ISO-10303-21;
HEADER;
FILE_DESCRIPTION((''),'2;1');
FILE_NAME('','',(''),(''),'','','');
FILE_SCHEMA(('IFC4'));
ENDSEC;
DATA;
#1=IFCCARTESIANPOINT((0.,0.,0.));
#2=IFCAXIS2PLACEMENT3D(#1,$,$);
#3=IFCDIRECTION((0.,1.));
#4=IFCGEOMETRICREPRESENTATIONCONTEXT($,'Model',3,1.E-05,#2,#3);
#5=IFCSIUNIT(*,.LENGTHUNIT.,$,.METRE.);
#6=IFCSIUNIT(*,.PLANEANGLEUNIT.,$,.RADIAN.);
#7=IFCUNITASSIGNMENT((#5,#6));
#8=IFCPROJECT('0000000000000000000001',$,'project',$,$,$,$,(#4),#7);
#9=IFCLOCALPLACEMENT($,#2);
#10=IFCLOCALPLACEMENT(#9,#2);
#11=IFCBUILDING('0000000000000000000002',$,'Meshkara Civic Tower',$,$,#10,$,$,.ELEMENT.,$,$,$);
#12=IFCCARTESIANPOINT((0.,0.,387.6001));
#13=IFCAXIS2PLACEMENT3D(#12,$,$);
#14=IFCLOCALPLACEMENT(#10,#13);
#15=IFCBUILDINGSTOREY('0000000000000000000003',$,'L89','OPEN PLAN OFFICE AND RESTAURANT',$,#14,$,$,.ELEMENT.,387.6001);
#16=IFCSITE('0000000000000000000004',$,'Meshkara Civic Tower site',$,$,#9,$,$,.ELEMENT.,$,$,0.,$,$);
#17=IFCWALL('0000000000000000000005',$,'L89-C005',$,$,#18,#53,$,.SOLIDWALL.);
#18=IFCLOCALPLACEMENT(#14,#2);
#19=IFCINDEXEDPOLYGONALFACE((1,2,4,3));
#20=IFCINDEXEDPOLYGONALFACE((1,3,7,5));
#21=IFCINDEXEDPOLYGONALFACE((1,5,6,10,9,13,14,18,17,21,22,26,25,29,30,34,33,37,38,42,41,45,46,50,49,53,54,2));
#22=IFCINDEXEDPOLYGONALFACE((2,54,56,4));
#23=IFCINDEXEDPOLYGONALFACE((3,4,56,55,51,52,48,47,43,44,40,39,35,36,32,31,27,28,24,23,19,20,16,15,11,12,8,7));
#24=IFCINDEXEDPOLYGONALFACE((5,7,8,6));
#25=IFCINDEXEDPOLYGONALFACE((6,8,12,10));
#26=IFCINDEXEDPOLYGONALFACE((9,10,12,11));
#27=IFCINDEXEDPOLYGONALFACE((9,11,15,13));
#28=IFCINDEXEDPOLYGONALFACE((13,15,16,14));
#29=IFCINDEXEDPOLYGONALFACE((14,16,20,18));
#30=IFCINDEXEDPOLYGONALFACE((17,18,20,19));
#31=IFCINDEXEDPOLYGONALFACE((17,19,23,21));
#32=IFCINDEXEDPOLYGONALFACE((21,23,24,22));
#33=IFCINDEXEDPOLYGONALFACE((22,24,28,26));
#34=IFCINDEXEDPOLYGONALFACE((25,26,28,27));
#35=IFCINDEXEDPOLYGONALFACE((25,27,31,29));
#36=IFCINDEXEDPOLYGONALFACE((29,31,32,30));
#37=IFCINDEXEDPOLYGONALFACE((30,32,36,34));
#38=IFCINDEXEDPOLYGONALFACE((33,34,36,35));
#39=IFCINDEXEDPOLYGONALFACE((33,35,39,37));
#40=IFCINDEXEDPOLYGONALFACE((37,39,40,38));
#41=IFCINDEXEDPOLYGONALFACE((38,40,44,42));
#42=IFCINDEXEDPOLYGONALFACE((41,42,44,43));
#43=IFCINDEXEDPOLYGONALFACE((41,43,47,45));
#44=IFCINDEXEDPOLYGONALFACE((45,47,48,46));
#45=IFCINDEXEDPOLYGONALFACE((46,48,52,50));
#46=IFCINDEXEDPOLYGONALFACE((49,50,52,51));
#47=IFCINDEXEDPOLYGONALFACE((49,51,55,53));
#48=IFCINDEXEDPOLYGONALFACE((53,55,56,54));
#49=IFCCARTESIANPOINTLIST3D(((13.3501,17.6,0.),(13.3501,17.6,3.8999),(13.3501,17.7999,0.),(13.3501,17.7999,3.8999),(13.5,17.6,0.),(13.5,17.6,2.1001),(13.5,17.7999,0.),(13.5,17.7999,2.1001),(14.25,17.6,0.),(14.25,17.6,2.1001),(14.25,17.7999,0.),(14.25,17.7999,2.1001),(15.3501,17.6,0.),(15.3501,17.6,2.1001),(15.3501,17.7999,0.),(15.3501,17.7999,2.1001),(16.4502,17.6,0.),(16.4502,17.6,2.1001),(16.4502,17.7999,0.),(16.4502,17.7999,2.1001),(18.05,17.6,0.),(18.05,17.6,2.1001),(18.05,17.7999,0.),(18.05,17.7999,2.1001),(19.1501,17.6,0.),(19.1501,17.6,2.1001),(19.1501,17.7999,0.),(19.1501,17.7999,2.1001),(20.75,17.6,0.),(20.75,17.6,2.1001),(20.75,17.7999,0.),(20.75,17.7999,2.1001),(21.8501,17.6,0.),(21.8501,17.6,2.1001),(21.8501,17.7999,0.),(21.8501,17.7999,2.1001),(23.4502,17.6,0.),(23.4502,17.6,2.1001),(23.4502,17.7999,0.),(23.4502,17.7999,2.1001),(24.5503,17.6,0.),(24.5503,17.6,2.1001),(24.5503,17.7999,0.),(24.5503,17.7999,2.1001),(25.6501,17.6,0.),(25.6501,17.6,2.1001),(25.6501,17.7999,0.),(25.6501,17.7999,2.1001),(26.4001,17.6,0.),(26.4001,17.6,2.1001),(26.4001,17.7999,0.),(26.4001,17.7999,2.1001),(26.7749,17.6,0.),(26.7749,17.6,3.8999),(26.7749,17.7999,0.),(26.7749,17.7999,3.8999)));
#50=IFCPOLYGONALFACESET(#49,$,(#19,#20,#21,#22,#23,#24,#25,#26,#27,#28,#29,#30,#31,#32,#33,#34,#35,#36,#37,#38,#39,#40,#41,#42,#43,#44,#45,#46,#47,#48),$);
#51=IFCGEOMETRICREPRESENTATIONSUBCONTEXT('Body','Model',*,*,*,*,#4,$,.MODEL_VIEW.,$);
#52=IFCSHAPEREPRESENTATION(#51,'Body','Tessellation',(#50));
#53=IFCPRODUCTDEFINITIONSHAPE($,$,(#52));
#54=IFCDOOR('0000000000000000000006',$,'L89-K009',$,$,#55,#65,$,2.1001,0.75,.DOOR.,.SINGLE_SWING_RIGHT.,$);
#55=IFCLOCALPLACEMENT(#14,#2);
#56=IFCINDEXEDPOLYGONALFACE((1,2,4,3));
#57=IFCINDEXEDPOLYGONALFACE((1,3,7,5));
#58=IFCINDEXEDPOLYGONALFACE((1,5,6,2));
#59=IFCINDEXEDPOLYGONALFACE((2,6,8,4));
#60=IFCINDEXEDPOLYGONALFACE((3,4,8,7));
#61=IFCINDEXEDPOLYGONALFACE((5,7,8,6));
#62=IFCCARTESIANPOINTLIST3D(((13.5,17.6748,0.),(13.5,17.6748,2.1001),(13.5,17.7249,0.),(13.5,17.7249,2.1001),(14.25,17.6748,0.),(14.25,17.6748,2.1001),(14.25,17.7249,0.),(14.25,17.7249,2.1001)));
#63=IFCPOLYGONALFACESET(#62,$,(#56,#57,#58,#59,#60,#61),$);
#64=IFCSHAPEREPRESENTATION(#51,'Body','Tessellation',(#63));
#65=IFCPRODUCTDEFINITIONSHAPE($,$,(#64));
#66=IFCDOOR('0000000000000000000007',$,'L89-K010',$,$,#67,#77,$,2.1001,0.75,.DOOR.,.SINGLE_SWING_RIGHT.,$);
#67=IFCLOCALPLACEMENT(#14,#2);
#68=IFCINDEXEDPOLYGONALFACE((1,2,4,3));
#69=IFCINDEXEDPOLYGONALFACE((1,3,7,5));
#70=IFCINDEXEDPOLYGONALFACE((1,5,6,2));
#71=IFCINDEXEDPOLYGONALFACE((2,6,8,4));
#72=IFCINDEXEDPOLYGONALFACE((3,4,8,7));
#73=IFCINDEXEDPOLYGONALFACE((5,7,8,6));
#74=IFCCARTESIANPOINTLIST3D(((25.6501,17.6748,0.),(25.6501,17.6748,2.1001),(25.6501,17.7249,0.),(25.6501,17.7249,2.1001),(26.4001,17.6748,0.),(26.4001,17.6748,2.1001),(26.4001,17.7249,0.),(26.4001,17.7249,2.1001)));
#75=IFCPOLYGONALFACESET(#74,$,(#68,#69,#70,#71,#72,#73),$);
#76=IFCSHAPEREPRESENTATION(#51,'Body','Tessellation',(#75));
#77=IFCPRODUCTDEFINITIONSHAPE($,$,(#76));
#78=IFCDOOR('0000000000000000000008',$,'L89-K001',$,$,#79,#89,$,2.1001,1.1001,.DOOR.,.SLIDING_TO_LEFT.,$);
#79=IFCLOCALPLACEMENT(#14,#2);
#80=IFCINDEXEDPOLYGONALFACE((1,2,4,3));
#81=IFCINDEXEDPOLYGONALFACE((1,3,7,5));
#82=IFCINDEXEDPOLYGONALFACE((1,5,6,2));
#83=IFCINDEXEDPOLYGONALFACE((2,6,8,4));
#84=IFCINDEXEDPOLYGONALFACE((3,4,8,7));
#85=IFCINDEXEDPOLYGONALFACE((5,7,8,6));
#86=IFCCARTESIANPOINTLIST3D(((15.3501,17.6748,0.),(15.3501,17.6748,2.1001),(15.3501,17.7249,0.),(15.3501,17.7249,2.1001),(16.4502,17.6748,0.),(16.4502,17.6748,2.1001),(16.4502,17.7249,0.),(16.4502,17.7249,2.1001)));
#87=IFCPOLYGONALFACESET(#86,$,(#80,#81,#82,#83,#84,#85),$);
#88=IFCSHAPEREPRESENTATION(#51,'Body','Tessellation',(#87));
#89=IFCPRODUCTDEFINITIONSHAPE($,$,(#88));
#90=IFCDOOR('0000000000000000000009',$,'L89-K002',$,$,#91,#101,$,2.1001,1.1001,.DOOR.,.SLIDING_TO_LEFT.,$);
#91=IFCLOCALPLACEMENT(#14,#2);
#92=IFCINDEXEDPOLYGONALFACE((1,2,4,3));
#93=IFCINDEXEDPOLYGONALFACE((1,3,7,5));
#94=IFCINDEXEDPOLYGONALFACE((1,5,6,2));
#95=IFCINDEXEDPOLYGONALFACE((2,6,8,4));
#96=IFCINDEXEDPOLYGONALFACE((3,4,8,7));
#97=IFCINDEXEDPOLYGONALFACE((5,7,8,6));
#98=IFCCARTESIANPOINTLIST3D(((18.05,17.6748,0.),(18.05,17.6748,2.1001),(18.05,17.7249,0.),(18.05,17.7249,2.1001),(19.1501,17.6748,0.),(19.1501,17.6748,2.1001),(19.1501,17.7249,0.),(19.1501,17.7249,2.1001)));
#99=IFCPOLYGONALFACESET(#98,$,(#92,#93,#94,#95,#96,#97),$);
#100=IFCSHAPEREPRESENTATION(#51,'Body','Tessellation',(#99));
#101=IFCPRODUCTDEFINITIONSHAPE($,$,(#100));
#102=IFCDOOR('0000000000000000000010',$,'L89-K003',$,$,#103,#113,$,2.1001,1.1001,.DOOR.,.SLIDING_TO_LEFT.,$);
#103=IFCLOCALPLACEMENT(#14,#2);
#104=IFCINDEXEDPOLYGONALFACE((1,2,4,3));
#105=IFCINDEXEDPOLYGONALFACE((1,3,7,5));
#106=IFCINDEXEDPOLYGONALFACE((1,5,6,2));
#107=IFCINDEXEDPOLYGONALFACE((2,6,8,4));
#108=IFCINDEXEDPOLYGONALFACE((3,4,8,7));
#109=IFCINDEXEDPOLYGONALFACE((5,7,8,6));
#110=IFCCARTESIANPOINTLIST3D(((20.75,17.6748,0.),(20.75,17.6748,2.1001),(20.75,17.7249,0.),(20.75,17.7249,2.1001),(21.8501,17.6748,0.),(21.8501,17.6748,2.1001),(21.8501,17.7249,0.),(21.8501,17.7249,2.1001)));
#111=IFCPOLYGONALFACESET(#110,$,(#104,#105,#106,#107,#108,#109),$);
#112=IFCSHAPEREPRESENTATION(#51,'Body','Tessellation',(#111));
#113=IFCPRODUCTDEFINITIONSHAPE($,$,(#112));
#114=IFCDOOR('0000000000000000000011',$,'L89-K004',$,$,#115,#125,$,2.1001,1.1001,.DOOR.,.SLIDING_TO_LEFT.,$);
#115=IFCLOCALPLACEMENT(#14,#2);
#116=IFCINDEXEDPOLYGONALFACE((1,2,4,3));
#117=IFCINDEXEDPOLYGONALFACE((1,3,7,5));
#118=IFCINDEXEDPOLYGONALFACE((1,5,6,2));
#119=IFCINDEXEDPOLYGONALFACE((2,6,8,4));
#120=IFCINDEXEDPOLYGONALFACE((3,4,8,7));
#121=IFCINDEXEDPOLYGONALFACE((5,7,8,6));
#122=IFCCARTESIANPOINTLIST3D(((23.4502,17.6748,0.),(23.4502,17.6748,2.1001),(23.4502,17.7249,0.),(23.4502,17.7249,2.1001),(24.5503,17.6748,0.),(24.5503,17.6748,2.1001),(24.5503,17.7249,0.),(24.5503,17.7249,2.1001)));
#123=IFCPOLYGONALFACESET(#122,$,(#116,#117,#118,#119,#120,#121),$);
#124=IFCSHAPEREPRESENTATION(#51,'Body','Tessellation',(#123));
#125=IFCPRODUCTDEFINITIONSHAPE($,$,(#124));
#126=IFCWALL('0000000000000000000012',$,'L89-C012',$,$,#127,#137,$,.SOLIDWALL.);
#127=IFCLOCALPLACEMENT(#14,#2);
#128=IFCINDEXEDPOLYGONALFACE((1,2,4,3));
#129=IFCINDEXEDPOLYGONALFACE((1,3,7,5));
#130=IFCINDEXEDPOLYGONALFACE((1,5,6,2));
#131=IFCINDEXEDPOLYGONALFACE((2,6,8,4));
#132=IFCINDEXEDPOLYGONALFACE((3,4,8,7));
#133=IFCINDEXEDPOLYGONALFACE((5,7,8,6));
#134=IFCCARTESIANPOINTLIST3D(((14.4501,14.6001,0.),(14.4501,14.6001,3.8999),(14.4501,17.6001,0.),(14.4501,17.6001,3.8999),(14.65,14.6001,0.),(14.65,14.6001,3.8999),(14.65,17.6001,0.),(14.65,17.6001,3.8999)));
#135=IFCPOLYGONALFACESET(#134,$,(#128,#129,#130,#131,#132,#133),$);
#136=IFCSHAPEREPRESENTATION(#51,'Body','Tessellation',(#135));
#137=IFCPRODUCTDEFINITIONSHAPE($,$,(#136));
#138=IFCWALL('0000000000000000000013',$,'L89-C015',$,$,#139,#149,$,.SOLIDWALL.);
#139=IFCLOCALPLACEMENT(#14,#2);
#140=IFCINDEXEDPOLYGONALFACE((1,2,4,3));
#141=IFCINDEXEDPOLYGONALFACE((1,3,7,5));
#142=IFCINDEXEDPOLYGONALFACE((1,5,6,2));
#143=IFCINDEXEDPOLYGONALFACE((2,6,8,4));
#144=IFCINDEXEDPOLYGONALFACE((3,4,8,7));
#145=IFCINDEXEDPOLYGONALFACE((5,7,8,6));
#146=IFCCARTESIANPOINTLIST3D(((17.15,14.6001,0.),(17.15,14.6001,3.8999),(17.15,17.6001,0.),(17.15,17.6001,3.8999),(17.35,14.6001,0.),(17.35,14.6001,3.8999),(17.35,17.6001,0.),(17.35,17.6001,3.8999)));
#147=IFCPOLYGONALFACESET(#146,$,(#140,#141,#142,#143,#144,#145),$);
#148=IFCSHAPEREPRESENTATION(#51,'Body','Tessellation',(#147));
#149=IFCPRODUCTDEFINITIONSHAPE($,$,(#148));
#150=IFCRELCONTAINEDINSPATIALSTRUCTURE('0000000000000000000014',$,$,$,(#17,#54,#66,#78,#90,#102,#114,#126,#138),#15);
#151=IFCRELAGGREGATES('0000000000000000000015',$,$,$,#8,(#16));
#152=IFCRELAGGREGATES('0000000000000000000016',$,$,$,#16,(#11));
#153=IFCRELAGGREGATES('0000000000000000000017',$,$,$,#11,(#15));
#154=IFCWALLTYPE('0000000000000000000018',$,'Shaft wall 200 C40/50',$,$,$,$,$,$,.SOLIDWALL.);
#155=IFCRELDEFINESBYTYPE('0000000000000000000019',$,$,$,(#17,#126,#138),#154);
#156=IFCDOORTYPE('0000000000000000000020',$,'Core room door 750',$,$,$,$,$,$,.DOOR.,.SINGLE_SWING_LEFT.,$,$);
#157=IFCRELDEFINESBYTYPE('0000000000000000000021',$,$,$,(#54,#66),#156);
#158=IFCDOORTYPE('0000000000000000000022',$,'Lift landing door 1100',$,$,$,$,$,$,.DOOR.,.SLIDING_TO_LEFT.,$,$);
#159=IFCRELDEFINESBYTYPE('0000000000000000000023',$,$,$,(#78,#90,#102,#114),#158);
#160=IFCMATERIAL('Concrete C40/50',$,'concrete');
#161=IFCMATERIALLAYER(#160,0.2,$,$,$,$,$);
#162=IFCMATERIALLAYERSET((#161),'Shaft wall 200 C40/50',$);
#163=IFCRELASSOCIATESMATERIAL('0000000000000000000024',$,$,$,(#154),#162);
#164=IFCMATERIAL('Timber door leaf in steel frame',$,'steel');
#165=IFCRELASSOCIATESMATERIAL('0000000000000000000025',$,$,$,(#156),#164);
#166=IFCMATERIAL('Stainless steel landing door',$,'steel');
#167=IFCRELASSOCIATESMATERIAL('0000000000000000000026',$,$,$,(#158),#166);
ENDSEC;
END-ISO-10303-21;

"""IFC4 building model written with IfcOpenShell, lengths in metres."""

from ifc_helpers import new_model, si_unit, direction, frame, frame_2d, origin, place, context, subcontext, project, spatial, rectangle, extrude, material, layer, layer_set, type_object, element, fill, save


model = new_model("IFC4")

# Units and contexts
model_context = context("Model", 3, precision=1e-05, world=origin(), true_north=direction((0.0, 1.0)))
body_context = subcontext(model_context, "Body", "Model", "MODEL_VIEW")
ifc_project = project(units=[si_unit("LENGTHUNIT", "METRE"), si_unit("PLANEANGLEUNIT", "RADIAN")], contexts=[model_context])

# Site, building, storey
site_placement = place(None, origin())
site = spatial("IfcSite", under=ifc_project, at=site_placement, Name="Meshkara Civic Tower site", CompositionType="ELEMENT", RefElevation=0.0)
building_placement = place(site_placement, origin())
building = spatial("IfcBuilding", under=site, at=building_placement, Name="Meshkara Civic Tower", CompositionType="ELEMENT")
storey_placement = place(building_placement, frame((0.0, 0.0, 387.6001)))
storey = spatial("IfcBuildingStorey", under=building, at=storey_placement, Name="L89", Description="OPEN PLAN OFFICE AND RESTAURANT", CompositionType="ELEMENT", Elevation=387.6001)

# Wall, openings, doors
ifc_material_1 = material(Name="Concrete C40/50", Category="concrete")
ifc_layer_1 = layer(ifc_material_1, 0.2)
ifc_layer_set_1 = layer_set([ifc_layer_1], Name="Shaft wall 200 C40/50")
wall_type_1 = type_object("IfcWallType", Name="Shaft wall 200 C40/50", PredefinedType="SOLIDWALL", material=ifc_layer_set_1)
wall_1_placement = place(storey_placement, frame((13.3501, 17.7, 0.0), z_axis=(0.0, 0.0, 1.0), x_axis=(1.0, 0.0, 0.0)))
wall_1 = element("IfcWall", 1, at=wall_1_placement, inside=storey, type_object=wall_type_1, Name="L89-C005", PredefinedType="SOLIDWALL", context=body_context, shape_type="SweptSolid", body=[
    extrude(rectangle(XDim=13.4248, YDim=0.2, at=frame_2d((6.7124, 0.0))), origin(), (0.0, 0.0, 1.0), 3.8999),
])
opening_1_placement = place(wall_1_placement, frame((2.0, 0.0, 0.0)))
opening_1 = element("IfcOpeningElement", 2, at=opening_1_placement, cuts=wall_1, PredefinedType="OPENING", context=body_context, shape_type="SweptSolid", body=[
    extrude(rectangle(XDim=1.1001, YDim=2.1001, at=frame_2d((0.55, 1.05))), frame((0.0, 0.1099, 0.0), z_axis=(0.0, -1.0, 0.0), x_axis=(1.0, 0.0, 0.0)), (0.0, 0.0, 1.0), 0.22),
])
opening_2_placement = place(wall_1_placement, frame((4.7, 0.0, 0.0)))
opening_2 = element("IfcOpeningElement", 3, at=opening_2_placement, cuts=wall_1, PredefinedType="OPENING", context=body_context, shape_type="SweptSolid", body=[
    extrude(rectangle(XDim=1.1001, YDim=2.1001, at=frame_2d((0.55, 1.05))), frame((0.0, 0.1099, 0.0), z_axis=(0.0, -1.0, 0.0), x_axis=(1.0, 0.0, 0.0)), (0.0, 0.0, 1.0), 0.22),
])
opening_3_placement = place(wall_1_placement, frame((7.3999, 0.0, 0.0)))
opening_3 = element("IfcOpeningElement", 4, at=opening_3_placement, cuts=wall_1, PredefinedType="OPENING", context=body_context, shape_type="SweptSolid", body=[
    extrude(rectangle(XDim=1.1001, YDim=2.1001, at=frame_2d((0.55, 1.05))), frame((0.0, 0.1099, 0.0), z_axis=(0.0, -1.0, 0.0), x_axis=(1.0, 0.0, 0.0)), (0.0, 0.0, 1.0), 0.22),
])
opening_4_placement = place(wall_1_placement, frame((10.1001, 0.0, 0.0)))
opening_4 = element("IfcOpeningElement", 5, at=opening_4_placement, cuts=wall_1, PredefinedType="OPENING", context=body_context, shape_type="SweptSolid", body=[
    extrude(rectangle(XDim=1.1001, YDim=2.1001, at=frame_2d((0.55, 1.05))), frame((0.0, 0.1099, 0.0), z_axis=(0.0, -1.0, 0.0), x_axis=(1.0, 0.0, 0.0)), (0.0, 0.0, 1.0), 0.22),
])
opening_5_placement = place(wall_1_placement, frame((0.1499, 0.0, 0.0)))
opening_5 = element("IfcOpeningElement", 6, at=opening_5_placement, cuts=wall_1, PredefinedType="OPENING", context=body_context, shape_type="SweptSolid", body=[
    extrude(rectangle(XDim=0.75, YDim=2.1001, at=frame_2d((0.375, 1.05))), frame((0.0, 0.1099, 0.0), z_axis=(0.0, -1.0, 0.0), x_axis=(1.0, 0.0, 0.0)), (0.0, 0.0, 1.0), 0.22),
])
opening_6_placement = place(wall_1_placement, frame((12.3, 0.0, 0.0)))
opening_6 = element("IfcOpeningElement", 7, at=opening_6_placement, cuts=wall_1, PredefinedType="OPENING", context=body_context, shape_type="SweptSolid", body=[
    extrude(rectangle(XDim=0.75, YDim=2.1001, at=frame_2d((0.375, 1.05))), frame((0.0, 0.1099, 0.0), z_axis=(0.0, -1.0, 0.0), x_axis=(1.0, 0.0, 0.0)), (0.0, 0.0, 1.0), 0.22),
])
ifc_material_2 = material(Name="Timber door leaf in steel frame", Category="steel")
door_type_1 = type_object("IfcDoorType", Name="Core room door 750", OperationType="SINGLE_SWING_LEFT", PredefinedType="DOOR", material=ifc_material_2)
door_1_placement = place(opening_5_placement, origin())
door_1 = element("IfcDoor", 8, at=door_1_placement, inside=storey, type_object=door_type_1, Name="L89-K009", OperationType="SINGLE_SWING_RIGHT", OverallHeight=2.1001, OverallWidth=0.75, PredefinedType="DOOR", context=body_context, shape_type="SweptSolid", body=[
    extrude(rectangle(XDim=0.75, YDim=2.1001, at=frame_2d((0.375, 1.05))), frame((0.0, 0.0249, 0.0), z_axis=(0.0, -1.0, 0.0), x_axis=(1.0, 0.0, 0.0)), (0.0, 0.0, 1.0), 0.05),
])
fill(opening_5, door_1)
door_2_placement = place(opening_6_placement, origin())
door_2 = element("IfcDoor", 9, at=door_2_placement, inside=storey, type_object=door_type_1, Name="L89-K010", OperationType="SINGLE_SWING_RIGHT", OverallHeight=2.1001, OverallWidth=0.75, PredefinedType="DOOR", context=body_context, shape_type="SweptSolid", body=[
    extrude(rectangle(XDim=0.75, YDim=2.1001, at=frame_2d((0.375, 1.05))), frame((0.0, 0.0249, 0.0), z_axis=(0.0, -1.0, 0.0), x_axis=(1.0, 0.0, 0.0)), (0.0, 0.0, 1.0), 0.05),
])
fill(opening_6, door_2)
ifc_material_3 = material(Name="Stainless steel landing door", Category="steel")
door_type_2 = type_object("IfcDoorType", Name="Lift landing door 1100", OperationType="SLIDING_TO_LEFT", PredefinedType="DOOR", material=ifc_material_3)
door_3_placement = place(opening_1_placement, origin())
door_3 = element("IfcDoor", 10, at=door_3_placement, inside=storey, type_object=door_type_2, Name="L89-K001", OperationType="SLIDING_TO_LEFT", OverallHeight=2.1001, OverallWidth=1.1001, PredefinedType="DOOR", context=body_context, shape_type="SweptSolid", body=[
    extrude(rectangle(XDim=1.1001, YDim=2.1001, at=frame_2d((0.55, 1.05))), frame((0.0, 0.0249, 0.0), z_axis=(0.0, -1.0, 0.0), x_axis=(1.0, 0.0, 0.0)), (0.0, 0.0, 1.0), 0.05),
])
fill(opening_1, door_3)
door_4_placement = place(opening_2_placement, origin())
door_4 = element("IfcDoor", 11, at=door_4_placement, inside=storey, type_object=door_type_2, Name="L89-K002", OperationType="SLIDING_TO_LEFT", OverallHeight=2.1001, OverallWidth=1.1001, PredefinedType="DOOR", context=body_context, shape_type="SweptSolid", body=[
    extrude(rectangle(XDim=1.1001, YDim=2.1001, at=frame_2d((0.55, 1.05))), frame((0.0, 0.0249, 0.0), z_axis=(0.0, -1.0, 0.0), x_axis=(1.0, 0.0, 0.0)), (0.0, 0.0, 1.0), 0.05),
])
fill(opening_2, door_4)
door_5_placement = place(opening_3_placement, origin())
door_5 = element("IfcDoor", 12, at=door_5_placement, inside=storey, type_object=door_type_2, Name="L89-K003", OperationType="SLIDING_TO_LEFT", OverallHeight=2.1001, OverallWidth=1.1001, PredefinedType="DOOR", context=body_context, shape_type="SweptSolid", body=[
    extrude(rectangle(XDim=1.1001, YDim=2.1001, at=frame_2d((0.55, 1.05))), frame((0.0, 0.0249, 0.0), z_axis=(0.0, -1.0, 0.0), x_axis=(1.0, 0.0, 0.0)), (0.0, 0.0, 1.0), 0.05),
])
fill(opening_3, door_5)
door_6_placement = place(opening_4_placement, origin())
door_6 = element("IfcDoor", 13, at=door_6_placement, inside=storey, type_object=door_type_2, Name="L89-K004", OperationType="SLIDING_TO_LEFT", OverallHeight=2.1001, OverallWidth=1.1001, PredefinedType="DOOR", context=body_context, shape_type="SweptSolid", body=[
    extrude(rectangle(XDim=1.1001, YDim=2.1001, at=frame_2d((0.55, 1.05))), frame((0.0, 0.0249, 0.0), z_axis=(0.0, -1.0, 0.0), x_axis=(1.0, 0.0, 0.0)), (0.0, 0.0, 1.0), 0.05),
])
fill(opening_4, door_6)

# Walls
for number, where, z_axis, x_axis, name in (
    (14, (14.55, 14.6001, 0.0), (0.0, 0.0, 1.0), (0.0, 1.0, 0.0), "L89-C012"),
    (15, (17.25, 14.6001, 0.0), (0.0, 0.0, 1.0), (0.0, 1.0, 0.0), "L89-C015"),
):
    element("IfcWall", number, at=place(storey_placement, frame(where, z_axis=z_axis, x_axis=x_axis)), inside=storey, type_object=wall_type_1, Name=name, PredefinedType="SOLIDWALL", context=body_context, shape_type="SweptSolid", body=[
        extrude(rectangle(XDim=3.0, YDim=0.2, at=frame_2d((1.5, 0.0))), origin(), (0.0, 0.0, 1.0), 3.8999),
    ])

save(model, "model.ifc")
